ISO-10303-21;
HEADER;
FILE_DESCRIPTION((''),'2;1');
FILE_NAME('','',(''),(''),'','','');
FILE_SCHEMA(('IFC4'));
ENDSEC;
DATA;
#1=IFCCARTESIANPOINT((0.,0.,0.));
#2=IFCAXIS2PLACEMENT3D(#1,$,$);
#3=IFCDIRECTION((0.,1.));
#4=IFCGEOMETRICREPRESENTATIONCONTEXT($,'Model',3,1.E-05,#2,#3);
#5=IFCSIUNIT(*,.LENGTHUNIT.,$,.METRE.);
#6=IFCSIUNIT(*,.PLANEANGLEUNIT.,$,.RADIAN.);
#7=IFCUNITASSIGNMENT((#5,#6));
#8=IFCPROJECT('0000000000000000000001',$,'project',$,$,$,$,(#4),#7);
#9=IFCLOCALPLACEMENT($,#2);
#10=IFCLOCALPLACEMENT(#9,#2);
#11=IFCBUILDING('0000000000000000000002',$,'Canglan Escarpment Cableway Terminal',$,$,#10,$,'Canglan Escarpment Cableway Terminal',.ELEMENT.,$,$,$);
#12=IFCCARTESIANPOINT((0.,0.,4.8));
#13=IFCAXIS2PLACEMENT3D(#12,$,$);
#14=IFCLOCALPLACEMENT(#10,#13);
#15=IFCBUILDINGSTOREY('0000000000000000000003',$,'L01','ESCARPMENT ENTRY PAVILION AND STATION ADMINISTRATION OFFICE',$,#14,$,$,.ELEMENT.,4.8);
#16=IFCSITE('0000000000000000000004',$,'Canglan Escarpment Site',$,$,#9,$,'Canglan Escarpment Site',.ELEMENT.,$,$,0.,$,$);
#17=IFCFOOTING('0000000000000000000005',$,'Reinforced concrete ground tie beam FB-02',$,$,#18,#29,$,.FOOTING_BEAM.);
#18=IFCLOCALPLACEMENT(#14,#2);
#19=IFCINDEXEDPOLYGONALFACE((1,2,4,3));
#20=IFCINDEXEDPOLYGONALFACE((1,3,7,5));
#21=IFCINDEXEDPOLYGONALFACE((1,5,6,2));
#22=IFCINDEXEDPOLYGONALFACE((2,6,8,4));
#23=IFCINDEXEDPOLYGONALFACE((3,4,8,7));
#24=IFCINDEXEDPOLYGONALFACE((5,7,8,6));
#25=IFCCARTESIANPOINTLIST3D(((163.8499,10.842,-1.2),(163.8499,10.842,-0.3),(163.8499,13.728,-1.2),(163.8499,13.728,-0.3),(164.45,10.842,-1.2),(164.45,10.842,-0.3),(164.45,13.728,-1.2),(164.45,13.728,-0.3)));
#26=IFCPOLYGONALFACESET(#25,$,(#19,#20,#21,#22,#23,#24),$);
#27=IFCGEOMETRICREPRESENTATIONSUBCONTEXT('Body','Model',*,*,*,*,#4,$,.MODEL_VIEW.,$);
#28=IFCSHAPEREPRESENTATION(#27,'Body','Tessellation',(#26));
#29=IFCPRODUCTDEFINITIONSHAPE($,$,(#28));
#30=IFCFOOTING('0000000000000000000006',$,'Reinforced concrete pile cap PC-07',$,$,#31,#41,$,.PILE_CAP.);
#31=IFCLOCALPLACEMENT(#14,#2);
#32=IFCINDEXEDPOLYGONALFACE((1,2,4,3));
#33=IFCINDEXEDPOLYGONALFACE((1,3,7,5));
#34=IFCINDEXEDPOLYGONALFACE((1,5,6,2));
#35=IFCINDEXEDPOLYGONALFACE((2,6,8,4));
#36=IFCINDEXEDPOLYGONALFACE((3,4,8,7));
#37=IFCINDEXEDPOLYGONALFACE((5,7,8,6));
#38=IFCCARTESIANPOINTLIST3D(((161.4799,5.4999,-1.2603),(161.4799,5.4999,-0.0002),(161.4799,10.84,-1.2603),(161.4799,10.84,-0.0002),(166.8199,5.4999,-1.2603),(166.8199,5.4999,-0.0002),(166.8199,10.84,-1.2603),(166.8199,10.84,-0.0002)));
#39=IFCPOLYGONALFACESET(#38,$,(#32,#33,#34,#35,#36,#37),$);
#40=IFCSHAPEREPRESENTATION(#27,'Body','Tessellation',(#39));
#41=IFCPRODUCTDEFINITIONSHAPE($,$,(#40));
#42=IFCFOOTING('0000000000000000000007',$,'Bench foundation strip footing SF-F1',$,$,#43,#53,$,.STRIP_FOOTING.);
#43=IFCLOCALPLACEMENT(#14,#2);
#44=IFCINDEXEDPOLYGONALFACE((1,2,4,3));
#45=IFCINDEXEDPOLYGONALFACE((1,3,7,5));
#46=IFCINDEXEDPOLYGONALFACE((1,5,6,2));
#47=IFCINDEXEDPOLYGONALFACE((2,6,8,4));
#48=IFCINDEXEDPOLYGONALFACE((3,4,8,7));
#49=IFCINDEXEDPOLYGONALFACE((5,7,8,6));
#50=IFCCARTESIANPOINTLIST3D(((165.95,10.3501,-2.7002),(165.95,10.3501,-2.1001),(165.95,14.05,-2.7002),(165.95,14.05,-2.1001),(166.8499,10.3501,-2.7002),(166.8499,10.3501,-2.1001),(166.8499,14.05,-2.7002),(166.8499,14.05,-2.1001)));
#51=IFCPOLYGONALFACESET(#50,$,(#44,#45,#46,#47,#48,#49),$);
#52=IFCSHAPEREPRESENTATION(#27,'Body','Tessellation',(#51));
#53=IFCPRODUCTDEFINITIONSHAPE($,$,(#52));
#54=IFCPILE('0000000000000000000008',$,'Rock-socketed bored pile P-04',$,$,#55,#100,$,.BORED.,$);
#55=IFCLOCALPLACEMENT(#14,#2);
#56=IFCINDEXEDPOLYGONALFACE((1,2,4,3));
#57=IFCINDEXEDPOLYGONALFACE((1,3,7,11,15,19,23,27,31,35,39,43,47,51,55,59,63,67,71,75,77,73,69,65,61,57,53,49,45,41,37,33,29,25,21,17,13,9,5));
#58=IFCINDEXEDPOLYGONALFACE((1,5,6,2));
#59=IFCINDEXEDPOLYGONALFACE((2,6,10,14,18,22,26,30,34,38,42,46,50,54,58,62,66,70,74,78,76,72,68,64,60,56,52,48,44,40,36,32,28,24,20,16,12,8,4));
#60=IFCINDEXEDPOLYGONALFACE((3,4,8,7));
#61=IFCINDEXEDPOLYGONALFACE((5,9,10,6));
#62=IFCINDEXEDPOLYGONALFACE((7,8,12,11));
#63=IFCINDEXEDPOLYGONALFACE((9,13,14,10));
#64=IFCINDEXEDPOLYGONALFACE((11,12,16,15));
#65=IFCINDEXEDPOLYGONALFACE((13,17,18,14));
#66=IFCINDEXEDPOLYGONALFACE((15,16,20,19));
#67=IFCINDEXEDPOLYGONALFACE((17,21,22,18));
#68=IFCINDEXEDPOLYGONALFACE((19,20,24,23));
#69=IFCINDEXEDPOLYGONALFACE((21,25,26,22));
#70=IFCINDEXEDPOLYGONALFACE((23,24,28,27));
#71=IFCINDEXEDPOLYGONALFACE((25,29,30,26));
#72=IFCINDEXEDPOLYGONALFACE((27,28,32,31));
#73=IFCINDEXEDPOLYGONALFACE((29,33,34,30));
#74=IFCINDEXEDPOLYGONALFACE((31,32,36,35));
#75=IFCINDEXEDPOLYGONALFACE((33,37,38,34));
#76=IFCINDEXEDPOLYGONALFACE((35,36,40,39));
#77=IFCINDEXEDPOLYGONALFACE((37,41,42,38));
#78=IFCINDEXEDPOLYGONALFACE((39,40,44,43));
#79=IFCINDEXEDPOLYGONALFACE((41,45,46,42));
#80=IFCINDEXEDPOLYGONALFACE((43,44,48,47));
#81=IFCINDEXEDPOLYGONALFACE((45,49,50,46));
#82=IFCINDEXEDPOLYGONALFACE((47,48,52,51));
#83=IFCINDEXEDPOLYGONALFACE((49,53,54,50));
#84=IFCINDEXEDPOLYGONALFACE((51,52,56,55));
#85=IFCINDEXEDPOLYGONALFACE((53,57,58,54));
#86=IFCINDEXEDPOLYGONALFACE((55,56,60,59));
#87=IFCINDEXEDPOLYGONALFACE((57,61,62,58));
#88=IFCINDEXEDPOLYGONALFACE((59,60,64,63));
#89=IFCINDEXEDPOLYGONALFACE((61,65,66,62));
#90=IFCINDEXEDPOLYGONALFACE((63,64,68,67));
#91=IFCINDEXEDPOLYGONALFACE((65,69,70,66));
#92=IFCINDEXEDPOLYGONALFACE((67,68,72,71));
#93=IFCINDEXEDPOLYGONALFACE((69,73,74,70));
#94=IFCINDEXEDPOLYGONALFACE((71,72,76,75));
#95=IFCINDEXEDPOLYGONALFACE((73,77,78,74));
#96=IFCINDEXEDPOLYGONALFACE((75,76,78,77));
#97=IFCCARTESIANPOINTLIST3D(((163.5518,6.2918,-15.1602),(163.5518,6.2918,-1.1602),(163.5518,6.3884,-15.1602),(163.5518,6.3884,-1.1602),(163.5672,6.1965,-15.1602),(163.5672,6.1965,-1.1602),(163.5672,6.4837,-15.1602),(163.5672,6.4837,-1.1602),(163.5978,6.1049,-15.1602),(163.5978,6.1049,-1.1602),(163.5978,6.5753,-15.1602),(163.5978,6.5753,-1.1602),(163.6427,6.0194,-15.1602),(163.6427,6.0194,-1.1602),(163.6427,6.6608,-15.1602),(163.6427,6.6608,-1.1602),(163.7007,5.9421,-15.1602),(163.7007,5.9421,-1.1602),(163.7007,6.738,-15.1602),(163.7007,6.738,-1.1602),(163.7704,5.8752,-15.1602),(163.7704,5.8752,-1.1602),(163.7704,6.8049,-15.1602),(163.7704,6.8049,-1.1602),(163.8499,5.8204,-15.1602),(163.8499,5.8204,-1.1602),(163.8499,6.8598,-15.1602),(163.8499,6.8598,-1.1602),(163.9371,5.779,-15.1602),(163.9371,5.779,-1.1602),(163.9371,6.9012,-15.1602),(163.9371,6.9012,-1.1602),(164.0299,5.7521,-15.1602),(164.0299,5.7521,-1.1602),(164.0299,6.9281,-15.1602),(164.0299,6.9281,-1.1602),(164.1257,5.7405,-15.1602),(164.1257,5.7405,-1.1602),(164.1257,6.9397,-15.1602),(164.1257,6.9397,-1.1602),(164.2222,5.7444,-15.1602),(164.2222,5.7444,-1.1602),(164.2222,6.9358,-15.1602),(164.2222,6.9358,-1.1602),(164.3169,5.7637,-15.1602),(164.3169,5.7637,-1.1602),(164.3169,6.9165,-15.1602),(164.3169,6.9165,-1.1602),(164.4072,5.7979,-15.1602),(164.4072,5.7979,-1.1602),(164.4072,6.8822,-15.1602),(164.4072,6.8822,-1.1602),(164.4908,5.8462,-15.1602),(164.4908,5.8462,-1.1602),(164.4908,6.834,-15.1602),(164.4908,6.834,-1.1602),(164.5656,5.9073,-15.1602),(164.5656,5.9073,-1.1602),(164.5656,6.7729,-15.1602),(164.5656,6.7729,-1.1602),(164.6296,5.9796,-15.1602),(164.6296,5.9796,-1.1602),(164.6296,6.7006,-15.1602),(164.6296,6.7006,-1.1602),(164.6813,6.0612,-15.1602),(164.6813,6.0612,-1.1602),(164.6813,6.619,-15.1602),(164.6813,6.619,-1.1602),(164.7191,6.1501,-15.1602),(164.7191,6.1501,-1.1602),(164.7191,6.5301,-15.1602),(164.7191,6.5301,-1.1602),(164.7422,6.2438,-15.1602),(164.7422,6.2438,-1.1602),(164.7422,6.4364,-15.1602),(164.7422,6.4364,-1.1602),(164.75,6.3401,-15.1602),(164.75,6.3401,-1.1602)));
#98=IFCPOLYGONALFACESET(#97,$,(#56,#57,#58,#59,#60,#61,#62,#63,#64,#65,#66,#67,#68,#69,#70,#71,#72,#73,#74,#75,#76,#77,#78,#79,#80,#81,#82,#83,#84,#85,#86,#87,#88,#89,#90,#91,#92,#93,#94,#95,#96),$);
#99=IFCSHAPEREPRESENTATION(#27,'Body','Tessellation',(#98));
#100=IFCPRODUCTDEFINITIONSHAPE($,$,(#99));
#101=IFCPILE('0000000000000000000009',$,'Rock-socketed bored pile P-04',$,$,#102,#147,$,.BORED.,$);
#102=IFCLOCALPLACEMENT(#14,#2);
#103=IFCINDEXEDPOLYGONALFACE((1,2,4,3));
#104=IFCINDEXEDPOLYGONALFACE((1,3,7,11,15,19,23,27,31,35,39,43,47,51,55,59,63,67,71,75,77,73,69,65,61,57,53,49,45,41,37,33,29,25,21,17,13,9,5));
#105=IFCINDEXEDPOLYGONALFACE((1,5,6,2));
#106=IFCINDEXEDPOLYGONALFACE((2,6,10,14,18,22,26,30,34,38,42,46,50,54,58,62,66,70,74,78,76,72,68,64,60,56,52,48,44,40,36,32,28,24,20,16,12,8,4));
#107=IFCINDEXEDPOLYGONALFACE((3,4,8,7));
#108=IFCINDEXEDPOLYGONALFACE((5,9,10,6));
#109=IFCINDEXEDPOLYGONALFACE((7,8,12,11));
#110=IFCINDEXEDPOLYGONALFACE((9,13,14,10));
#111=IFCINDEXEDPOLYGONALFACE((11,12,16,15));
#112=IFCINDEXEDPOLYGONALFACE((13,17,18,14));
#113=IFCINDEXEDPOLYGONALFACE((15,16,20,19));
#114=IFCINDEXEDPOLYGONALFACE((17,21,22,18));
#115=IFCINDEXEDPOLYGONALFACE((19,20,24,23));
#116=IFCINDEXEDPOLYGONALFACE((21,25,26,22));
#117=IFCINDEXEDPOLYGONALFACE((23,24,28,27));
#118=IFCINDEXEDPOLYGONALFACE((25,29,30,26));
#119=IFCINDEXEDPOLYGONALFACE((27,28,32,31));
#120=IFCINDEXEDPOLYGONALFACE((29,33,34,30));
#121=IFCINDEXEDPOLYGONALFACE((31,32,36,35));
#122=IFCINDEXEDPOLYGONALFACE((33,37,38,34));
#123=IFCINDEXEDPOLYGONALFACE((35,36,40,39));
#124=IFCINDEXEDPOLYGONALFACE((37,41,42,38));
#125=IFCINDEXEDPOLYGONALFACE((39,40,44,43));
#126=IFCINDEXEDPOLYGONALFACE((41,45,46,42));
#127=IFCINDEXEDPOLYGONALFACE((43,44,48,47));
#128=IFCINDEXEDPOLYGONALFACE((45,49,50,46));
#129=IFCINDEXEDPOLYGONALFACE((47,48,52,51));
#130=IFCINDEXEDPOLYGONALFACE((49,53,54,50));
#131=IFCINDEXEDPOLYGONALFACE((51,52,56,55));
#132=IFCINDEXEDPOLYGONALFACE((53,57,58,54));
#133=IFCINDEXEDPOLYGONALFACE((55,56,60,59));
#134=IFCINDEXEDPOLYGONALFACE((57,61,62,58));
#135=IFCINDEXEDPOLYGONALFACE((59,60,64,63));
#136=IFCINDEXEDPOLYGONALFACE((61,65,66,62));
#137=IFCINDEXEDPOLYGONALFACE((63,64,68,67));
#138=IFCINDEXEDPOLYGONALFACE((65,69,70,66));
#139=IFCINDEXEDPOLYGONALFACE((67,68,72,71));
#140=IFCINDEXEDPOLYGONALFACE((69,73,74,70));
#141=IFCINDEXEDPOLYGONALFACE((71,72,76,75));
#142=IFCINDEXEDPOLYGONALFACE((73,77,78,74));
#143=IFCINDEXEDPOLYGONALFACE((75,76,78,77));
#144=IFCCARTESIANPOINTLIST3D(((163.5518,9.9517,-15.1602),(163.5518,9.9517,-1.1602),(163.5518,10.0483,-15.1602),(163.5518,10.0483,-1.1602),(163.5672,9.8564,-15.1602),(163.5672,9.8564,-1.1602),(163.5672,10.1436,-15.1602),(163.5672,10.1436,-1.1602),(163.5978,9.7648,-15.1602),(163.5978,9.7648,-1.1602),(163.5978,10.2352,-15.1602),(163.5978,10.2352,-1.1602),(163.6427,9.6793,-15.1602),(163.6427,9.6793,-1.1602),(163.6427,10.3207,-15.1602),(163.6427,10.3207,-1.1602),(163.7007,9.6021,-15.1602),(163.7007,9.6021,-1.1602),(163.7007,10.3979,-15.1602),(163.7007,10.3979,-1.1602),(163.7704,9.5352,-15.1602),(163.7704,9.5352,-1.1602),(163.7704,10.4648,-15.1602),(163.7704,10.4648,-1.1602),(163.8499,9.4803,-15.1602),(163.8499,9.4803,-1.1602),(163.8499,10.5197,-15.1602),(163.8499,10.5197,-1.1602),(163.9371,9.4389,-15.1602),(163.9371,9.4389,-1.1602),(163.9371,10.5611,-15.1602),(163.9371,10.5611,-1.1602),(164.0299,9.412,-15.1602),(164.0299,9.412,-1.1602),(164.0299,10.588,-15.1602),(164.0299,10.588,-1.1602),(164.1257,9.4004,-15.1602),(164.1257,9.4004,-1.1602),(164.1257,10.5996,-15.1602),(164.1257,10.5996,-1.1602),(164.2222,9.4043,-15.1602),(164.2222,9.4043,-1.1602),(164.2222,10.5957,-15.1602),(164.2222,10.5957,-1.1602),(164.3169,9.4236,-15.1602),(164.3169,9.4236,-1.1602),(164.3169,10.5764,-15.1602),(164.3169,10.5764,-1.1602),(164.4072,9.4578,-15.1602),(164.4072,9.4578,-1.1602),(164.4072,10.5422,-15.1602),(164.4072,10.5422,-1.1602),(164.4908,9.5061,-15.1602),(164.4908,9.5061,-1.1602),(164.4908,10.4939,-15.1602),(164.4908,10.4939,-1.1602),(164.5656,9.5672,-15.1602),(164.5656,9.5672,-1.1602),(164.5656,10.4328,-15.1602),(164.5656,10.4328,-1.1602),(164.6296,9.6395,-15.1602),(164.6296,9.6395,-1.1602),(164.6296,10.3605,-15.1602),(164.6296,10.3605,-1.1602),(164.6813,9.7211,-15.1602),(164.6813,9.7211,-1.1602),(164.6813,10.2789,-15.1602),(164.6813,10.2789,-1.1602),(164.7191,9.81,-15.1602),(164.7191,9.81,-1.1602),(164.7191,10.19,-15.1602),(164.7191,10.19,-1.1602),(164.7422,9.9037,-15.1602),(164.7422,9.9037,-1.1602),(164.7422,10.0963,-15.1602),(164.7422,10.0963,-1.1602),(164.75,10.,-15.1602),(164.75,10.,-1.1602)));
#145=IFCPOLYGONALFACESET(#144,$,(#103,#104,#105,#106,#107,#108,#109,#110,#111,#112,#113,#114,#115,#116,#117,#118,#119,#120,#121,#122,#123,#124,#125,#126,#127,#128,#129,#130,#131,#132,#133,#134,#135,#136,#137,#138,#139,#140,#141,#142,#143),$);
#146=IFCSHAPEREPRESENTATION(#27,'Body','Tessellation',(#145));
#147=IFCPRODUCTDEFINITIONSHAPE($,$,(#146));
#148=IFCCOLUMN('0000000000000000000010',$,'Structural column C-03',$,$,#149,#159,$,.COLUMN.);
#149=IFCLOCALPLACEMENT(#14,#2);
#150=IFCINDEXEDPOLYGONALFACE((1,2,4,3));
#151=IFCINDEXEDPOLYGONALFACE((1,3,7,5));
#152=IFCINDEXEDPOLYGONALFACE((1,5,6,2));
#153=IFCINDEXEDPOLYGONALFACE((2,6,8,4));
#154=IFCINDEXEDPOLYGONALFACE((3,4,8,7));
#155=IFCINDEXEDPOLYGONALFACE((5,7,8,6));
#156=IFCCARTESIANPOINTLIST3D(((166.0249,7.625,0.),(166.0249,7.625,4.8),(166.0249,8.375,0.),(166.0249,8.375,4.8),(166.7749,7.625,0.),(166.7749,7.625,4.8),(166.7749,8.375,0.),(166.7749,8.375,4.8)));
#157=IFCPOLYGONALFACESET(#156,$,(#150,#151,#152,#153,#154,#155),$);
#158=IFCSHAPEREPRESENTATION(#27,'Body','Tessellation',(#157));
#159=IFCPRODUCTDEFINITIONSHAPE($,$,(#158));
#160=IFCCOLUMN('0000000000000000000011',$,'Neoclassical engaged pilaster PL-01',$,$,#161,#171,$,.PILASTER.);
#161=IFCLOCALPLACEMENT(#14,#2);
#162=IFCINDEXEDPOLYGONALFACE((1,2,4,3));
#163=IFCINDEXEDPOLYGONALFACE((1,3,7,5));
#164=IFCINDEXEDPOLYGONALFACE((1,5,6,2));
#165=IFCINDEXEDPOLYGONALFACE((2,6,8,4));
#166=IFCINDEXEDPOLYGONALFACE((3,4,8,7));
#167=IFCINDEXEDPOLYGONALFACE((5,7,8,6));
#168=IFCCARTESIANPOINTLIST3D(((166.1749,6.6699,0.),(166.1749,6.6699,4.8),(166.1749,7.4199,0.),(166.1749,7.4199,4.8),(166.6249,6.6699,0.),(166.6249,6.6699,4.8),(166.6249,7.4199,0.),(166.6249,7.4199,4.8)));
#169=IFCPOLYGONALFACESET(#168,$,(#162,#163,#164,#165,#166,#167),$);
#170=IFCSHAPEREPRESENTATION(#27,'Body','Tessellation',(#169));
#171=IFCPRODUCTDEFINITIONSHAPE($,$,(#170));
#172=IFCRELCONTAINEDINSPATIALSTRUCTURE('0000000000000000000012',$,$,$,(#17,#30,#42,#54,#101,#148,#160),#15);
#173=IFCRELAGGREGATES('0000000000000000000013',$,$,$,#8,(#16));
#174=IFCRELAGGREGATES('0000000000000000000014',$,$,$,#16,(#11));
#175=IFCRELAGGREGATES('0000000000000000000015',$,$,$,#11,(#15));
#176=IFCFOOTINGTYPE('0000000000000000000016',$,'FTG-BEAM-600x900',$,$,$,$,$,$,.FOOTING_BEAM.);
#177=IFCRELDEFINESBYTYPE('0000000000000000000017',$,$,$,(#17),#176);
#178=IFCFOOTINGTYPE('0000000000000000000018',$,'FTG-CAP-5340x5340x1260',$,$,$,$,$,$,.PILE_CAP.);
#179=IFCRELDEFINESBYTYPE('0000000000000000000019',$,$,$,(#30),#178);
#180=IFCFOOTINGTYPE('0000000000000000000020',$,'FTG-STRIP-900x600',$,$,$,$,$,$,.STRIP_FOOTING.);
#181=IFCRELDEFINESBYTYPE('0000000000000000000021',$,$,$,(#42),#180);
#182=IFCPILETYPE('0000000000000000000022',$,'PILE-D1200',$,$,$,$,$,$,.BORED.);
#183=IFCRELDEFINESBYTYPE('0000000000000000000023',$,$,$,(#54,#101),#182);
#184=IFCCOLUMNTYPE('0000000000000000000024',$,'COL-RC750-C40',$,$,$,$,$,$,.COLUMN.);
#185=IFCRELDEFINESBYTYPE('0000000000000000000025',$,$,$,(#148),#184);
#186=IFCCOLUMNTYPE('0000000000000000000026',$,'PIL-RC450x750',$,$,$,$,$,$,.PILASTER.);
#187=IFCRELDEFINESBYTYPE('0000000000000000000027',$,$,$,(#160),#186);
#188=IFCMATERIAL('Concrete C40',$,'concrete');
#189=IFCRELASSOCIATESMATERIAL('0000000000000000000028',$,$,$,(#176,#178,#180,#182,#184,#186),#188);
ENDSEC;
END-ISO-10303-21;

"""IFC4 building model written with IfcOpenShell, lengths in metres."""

from ifc_helpers import new_model, si_unit, direction, frame, origin, origin_2d, place, context, subcontext, project, spatial, rectangle, circle, extrude, material, material_profile, profile_set, type_object, element, save


model = new_model("IFC4")

# Units and contexts
model_context = context("Model", 3, precision=1e-05, world=origin(), true_north=direction((0.0, 1.0)))
body_context = subcontext(model_context, "Body", "Model", "MODEL_VIEW")
ifc_project = project(units=[si_unit("LENGTHUNIT", "METRE"), si_unit("PLANEANGLEUNIT", "RADIAN")], contexts=[model_context])

# Site, building, storey
site_placement = place(None, origin())
site = spatial("IfcSite", under=ifc_project, at=site_placement, Name="Canglan Escarpment Site", LongName="Canglan Escarpment Site", CompositionType="ELEMENT", RefElevation=0.0)
building_placement = place(site_placement, origin())
building = spatial("IfcBuilding", under=site, at=building_placement, Name="Canglan Escarpment Cableway Terminal", LongName="Canglan Escarpment Cableway Terminal", CompositionType="ELEMENT")
storey_placement = place(building_placement, frame((0.0, 0.0, 4.8)))
storey = spatial("IfcBuildingStorey", under=building, at=storey_placement, Name="L01", Description="ESCARPMENT ENTRY PAVILION AND STATION ADMINISTRATION OFFICE", CompositionType="ELEMENT", Elevation=4.8)

# Footings
ifc_material_1 = material(Name="Concrete C40", Category="concrete")
ifc_material_profile_1 = material_profile(ifc_material_1, rectangle(XDim=0.6001, YDim=0.8999, at=origin_2d()), Name="FB 600x900")
ifc_profile_set_1 = profile_set([ifc_material_profile_1], Name="Concrete C40")
footing_type_1 = type_object("IfcFootingType", Name="FTG-BEAM-600x900", PredefinedType="FOOTING_BEAM", material=ifc_profile_set_1)
footing_1_placement = place(storey_placement, frame((164.1499, 10.842, -0.75), z_axis=(0.0, 1.0, 0.0), x_axis=(-1.0, 0.0, 0.0)))
element("IfcFooting", 1, at=footing_1_placement, inside=storey, type_object=footing_type_1, Name="Reinforced concrete ground tie beam FB-02", PredefinedType="FOOTING_BEAM", context=body_context, shape_type="SweptSolid", body=[
    extrude(rectangle(XDim=0.6001, YDim=0.8999, at=origin_2d()), origin(), (0.0, 0.0, 1.0), 2.886),
])
footing_type_2 = type_object("IfcFootingType", Name="FTG-CAP-5340x5340x1260", PredefinedType="PILE_CAP", material=ifc_material_1)
footing_2_placement = place(storey_placement, frame((164.1499, 8.1699, -1.2603), z_axis=(0.0, 0.0, 1.0), x_axis=(1.0, 0.0, 0.0)))
element("IfcFooting", 2, at=footing_2_placement, inside=storey, type_object=footing_type_2, Name="Reinforced concrete pile cap PC-07", PredefinedType="PILE_CAP", context=body_context, shape_type="SweptSolid", body=[
    extrude(rectangle(XDim=5.3401, YDim=5.3401, at=origin_2d()), origin(), (0.0, 0.0, 1.0), 1.26),
])
ifc_material_profile_2 = material_profile(ifc_material_1, rectangle(XDim=0.8999, YDim=0.6001, at=origin_2d()), Name="SF 900x600")
ifc_profile_set_2 = profile_set([ifc_material_profile_2], Name="Concrete C40")
footing_type_3 = type_object("IfcFootingType", Name="FTG-STRIP-900x600", PredefinedType="STRIP_FOOTING", material=ifc_profile_set_2)
footing_3_placement = place(storey_placement, frame((166.3999, 10.3501, -2.4001), z_axis=(0.0, 1.0, 0.0), x_axis=(-1.0, 0.0, 0.0)))
element("IfcFooting", 3, at=footing_3_placement, inside=storey, type_object=footing_type_3, Name="Bench foundation strip footing SF-F1", PredefinedType="STRIP_FOOTING", context=body_context, shape_type="SweptSolid", body=[
    extrude(rectangle(XDim=0.8999, YDim=0.6001, at=origin_2d()), origin(), (0.0, 0.0, 1.0), 3.7),
])

# Piles
ifc_material_profile_3 = material_profile(ifc_material_1, circle(Radius=0.6001, at=origin_2d()), Name="BORED PILE D1200")
ifc_profile_set_3 = profile_set([ifc_material_profile_3], Name="Concrete C40")
pile_type = type_object("IfcPileType", Name="PILE-D1200", PredefinedType="BORED", material=ifc_profile_set_3)
for number, where, z_axis, x_axis, name in (
    (4, (164.1499, 6.3401, -1.1602), (0.0, 0.0, -1.0), (1.0, 0.0, 0.0), "Rock-socketed bored pile P-04"),
    (5, (164.1499, 10.0, -1.1602), (0.0, 0.0, -1.0), (1.0, 0.0, 0.0), "Rock-socketed bored pile P-04"),
):
    element("IfcPile", number, at=place(storey_placement, frame(where, z_axis=z_axis, x_axis=x_axis)), inside=storey, type_object=pile_type, Name=name, PredefinedType="BORED", context=body_context, shape_type="SweptSolid", body=[
        extrude(circle(Radius=0.6001, at=origin_2d()), origin(), (0.0, 0.0, 1.0), 14.0),
    ])

# Columns
ifc_material_profile_4 = material_profile(ifc_material_1, rectangle(XDim=0.75, YDim=0.75, at=origin_2d()), Name="RC 750x750")
ifc_profile_set_4 = profile_set([ifc_material_profile_4], Name="Concrete C40")
column_type_1 = type_object("IfcColumnType", Name="COL-RC750-C40", PredefinedType="COLUMN", material=ifc_profile_set_4)
column_1_placement = place(storey_placement, frame((166.3999, 8.0, 0.0), z_axis=(0.0, 0.0, 1.0), x_axis=(1.0, 0.0, 0.0)))
element("IfcColumn", 6, at=column_1_placement, inside=storey, type_object=column_type_1, Name="Structural column C-03", PredefinedType="COLUMN", context=body_context, shape_type="SweptSolid", body=[
    extrude(rectangle(XDim=0.75, YDim=0.75, at=origin_2d()), origin(), (0.0, 0.0, 1.0), 4.8),
])
ifc_material_profile_5 = material_profile(ifc_material_1, rectangle(XDim=0.45, YDim=0.75, at=origin_2d()), Name="RC-PIL 450x750")
ifc_profile_set_5 = profile_set([ifc_material_profile_5], Name="Concrete C40")
column_type_2 = type_object("IfcColumnType", Name="PIL-RC450x750", PredefinedType="PILASTER", material=ifc_profile_set_5)
column_2_placement = place(storey_placement, frame((166.3999, 7.0449, 0.0), z_axis=(0.0, 0.0, 1.0), x_axis=(1.0, 0.0, 0.0)))
element("IfcColumn", 7, at=column_2_placement, inside=storey, type_object=column_type_2, Name="Neoclassical engaged pilaster PL-01", PredefinedType="PILASTER", context=body_context, shape_type="SweptSolid", body=[
    extrude(rectangle(XDim=0.45, YDim=0.75, at=origin_2d()), origin(), (0.0, 0.0, 1.0), 4.8),
])

save(model, "model.ifc")
